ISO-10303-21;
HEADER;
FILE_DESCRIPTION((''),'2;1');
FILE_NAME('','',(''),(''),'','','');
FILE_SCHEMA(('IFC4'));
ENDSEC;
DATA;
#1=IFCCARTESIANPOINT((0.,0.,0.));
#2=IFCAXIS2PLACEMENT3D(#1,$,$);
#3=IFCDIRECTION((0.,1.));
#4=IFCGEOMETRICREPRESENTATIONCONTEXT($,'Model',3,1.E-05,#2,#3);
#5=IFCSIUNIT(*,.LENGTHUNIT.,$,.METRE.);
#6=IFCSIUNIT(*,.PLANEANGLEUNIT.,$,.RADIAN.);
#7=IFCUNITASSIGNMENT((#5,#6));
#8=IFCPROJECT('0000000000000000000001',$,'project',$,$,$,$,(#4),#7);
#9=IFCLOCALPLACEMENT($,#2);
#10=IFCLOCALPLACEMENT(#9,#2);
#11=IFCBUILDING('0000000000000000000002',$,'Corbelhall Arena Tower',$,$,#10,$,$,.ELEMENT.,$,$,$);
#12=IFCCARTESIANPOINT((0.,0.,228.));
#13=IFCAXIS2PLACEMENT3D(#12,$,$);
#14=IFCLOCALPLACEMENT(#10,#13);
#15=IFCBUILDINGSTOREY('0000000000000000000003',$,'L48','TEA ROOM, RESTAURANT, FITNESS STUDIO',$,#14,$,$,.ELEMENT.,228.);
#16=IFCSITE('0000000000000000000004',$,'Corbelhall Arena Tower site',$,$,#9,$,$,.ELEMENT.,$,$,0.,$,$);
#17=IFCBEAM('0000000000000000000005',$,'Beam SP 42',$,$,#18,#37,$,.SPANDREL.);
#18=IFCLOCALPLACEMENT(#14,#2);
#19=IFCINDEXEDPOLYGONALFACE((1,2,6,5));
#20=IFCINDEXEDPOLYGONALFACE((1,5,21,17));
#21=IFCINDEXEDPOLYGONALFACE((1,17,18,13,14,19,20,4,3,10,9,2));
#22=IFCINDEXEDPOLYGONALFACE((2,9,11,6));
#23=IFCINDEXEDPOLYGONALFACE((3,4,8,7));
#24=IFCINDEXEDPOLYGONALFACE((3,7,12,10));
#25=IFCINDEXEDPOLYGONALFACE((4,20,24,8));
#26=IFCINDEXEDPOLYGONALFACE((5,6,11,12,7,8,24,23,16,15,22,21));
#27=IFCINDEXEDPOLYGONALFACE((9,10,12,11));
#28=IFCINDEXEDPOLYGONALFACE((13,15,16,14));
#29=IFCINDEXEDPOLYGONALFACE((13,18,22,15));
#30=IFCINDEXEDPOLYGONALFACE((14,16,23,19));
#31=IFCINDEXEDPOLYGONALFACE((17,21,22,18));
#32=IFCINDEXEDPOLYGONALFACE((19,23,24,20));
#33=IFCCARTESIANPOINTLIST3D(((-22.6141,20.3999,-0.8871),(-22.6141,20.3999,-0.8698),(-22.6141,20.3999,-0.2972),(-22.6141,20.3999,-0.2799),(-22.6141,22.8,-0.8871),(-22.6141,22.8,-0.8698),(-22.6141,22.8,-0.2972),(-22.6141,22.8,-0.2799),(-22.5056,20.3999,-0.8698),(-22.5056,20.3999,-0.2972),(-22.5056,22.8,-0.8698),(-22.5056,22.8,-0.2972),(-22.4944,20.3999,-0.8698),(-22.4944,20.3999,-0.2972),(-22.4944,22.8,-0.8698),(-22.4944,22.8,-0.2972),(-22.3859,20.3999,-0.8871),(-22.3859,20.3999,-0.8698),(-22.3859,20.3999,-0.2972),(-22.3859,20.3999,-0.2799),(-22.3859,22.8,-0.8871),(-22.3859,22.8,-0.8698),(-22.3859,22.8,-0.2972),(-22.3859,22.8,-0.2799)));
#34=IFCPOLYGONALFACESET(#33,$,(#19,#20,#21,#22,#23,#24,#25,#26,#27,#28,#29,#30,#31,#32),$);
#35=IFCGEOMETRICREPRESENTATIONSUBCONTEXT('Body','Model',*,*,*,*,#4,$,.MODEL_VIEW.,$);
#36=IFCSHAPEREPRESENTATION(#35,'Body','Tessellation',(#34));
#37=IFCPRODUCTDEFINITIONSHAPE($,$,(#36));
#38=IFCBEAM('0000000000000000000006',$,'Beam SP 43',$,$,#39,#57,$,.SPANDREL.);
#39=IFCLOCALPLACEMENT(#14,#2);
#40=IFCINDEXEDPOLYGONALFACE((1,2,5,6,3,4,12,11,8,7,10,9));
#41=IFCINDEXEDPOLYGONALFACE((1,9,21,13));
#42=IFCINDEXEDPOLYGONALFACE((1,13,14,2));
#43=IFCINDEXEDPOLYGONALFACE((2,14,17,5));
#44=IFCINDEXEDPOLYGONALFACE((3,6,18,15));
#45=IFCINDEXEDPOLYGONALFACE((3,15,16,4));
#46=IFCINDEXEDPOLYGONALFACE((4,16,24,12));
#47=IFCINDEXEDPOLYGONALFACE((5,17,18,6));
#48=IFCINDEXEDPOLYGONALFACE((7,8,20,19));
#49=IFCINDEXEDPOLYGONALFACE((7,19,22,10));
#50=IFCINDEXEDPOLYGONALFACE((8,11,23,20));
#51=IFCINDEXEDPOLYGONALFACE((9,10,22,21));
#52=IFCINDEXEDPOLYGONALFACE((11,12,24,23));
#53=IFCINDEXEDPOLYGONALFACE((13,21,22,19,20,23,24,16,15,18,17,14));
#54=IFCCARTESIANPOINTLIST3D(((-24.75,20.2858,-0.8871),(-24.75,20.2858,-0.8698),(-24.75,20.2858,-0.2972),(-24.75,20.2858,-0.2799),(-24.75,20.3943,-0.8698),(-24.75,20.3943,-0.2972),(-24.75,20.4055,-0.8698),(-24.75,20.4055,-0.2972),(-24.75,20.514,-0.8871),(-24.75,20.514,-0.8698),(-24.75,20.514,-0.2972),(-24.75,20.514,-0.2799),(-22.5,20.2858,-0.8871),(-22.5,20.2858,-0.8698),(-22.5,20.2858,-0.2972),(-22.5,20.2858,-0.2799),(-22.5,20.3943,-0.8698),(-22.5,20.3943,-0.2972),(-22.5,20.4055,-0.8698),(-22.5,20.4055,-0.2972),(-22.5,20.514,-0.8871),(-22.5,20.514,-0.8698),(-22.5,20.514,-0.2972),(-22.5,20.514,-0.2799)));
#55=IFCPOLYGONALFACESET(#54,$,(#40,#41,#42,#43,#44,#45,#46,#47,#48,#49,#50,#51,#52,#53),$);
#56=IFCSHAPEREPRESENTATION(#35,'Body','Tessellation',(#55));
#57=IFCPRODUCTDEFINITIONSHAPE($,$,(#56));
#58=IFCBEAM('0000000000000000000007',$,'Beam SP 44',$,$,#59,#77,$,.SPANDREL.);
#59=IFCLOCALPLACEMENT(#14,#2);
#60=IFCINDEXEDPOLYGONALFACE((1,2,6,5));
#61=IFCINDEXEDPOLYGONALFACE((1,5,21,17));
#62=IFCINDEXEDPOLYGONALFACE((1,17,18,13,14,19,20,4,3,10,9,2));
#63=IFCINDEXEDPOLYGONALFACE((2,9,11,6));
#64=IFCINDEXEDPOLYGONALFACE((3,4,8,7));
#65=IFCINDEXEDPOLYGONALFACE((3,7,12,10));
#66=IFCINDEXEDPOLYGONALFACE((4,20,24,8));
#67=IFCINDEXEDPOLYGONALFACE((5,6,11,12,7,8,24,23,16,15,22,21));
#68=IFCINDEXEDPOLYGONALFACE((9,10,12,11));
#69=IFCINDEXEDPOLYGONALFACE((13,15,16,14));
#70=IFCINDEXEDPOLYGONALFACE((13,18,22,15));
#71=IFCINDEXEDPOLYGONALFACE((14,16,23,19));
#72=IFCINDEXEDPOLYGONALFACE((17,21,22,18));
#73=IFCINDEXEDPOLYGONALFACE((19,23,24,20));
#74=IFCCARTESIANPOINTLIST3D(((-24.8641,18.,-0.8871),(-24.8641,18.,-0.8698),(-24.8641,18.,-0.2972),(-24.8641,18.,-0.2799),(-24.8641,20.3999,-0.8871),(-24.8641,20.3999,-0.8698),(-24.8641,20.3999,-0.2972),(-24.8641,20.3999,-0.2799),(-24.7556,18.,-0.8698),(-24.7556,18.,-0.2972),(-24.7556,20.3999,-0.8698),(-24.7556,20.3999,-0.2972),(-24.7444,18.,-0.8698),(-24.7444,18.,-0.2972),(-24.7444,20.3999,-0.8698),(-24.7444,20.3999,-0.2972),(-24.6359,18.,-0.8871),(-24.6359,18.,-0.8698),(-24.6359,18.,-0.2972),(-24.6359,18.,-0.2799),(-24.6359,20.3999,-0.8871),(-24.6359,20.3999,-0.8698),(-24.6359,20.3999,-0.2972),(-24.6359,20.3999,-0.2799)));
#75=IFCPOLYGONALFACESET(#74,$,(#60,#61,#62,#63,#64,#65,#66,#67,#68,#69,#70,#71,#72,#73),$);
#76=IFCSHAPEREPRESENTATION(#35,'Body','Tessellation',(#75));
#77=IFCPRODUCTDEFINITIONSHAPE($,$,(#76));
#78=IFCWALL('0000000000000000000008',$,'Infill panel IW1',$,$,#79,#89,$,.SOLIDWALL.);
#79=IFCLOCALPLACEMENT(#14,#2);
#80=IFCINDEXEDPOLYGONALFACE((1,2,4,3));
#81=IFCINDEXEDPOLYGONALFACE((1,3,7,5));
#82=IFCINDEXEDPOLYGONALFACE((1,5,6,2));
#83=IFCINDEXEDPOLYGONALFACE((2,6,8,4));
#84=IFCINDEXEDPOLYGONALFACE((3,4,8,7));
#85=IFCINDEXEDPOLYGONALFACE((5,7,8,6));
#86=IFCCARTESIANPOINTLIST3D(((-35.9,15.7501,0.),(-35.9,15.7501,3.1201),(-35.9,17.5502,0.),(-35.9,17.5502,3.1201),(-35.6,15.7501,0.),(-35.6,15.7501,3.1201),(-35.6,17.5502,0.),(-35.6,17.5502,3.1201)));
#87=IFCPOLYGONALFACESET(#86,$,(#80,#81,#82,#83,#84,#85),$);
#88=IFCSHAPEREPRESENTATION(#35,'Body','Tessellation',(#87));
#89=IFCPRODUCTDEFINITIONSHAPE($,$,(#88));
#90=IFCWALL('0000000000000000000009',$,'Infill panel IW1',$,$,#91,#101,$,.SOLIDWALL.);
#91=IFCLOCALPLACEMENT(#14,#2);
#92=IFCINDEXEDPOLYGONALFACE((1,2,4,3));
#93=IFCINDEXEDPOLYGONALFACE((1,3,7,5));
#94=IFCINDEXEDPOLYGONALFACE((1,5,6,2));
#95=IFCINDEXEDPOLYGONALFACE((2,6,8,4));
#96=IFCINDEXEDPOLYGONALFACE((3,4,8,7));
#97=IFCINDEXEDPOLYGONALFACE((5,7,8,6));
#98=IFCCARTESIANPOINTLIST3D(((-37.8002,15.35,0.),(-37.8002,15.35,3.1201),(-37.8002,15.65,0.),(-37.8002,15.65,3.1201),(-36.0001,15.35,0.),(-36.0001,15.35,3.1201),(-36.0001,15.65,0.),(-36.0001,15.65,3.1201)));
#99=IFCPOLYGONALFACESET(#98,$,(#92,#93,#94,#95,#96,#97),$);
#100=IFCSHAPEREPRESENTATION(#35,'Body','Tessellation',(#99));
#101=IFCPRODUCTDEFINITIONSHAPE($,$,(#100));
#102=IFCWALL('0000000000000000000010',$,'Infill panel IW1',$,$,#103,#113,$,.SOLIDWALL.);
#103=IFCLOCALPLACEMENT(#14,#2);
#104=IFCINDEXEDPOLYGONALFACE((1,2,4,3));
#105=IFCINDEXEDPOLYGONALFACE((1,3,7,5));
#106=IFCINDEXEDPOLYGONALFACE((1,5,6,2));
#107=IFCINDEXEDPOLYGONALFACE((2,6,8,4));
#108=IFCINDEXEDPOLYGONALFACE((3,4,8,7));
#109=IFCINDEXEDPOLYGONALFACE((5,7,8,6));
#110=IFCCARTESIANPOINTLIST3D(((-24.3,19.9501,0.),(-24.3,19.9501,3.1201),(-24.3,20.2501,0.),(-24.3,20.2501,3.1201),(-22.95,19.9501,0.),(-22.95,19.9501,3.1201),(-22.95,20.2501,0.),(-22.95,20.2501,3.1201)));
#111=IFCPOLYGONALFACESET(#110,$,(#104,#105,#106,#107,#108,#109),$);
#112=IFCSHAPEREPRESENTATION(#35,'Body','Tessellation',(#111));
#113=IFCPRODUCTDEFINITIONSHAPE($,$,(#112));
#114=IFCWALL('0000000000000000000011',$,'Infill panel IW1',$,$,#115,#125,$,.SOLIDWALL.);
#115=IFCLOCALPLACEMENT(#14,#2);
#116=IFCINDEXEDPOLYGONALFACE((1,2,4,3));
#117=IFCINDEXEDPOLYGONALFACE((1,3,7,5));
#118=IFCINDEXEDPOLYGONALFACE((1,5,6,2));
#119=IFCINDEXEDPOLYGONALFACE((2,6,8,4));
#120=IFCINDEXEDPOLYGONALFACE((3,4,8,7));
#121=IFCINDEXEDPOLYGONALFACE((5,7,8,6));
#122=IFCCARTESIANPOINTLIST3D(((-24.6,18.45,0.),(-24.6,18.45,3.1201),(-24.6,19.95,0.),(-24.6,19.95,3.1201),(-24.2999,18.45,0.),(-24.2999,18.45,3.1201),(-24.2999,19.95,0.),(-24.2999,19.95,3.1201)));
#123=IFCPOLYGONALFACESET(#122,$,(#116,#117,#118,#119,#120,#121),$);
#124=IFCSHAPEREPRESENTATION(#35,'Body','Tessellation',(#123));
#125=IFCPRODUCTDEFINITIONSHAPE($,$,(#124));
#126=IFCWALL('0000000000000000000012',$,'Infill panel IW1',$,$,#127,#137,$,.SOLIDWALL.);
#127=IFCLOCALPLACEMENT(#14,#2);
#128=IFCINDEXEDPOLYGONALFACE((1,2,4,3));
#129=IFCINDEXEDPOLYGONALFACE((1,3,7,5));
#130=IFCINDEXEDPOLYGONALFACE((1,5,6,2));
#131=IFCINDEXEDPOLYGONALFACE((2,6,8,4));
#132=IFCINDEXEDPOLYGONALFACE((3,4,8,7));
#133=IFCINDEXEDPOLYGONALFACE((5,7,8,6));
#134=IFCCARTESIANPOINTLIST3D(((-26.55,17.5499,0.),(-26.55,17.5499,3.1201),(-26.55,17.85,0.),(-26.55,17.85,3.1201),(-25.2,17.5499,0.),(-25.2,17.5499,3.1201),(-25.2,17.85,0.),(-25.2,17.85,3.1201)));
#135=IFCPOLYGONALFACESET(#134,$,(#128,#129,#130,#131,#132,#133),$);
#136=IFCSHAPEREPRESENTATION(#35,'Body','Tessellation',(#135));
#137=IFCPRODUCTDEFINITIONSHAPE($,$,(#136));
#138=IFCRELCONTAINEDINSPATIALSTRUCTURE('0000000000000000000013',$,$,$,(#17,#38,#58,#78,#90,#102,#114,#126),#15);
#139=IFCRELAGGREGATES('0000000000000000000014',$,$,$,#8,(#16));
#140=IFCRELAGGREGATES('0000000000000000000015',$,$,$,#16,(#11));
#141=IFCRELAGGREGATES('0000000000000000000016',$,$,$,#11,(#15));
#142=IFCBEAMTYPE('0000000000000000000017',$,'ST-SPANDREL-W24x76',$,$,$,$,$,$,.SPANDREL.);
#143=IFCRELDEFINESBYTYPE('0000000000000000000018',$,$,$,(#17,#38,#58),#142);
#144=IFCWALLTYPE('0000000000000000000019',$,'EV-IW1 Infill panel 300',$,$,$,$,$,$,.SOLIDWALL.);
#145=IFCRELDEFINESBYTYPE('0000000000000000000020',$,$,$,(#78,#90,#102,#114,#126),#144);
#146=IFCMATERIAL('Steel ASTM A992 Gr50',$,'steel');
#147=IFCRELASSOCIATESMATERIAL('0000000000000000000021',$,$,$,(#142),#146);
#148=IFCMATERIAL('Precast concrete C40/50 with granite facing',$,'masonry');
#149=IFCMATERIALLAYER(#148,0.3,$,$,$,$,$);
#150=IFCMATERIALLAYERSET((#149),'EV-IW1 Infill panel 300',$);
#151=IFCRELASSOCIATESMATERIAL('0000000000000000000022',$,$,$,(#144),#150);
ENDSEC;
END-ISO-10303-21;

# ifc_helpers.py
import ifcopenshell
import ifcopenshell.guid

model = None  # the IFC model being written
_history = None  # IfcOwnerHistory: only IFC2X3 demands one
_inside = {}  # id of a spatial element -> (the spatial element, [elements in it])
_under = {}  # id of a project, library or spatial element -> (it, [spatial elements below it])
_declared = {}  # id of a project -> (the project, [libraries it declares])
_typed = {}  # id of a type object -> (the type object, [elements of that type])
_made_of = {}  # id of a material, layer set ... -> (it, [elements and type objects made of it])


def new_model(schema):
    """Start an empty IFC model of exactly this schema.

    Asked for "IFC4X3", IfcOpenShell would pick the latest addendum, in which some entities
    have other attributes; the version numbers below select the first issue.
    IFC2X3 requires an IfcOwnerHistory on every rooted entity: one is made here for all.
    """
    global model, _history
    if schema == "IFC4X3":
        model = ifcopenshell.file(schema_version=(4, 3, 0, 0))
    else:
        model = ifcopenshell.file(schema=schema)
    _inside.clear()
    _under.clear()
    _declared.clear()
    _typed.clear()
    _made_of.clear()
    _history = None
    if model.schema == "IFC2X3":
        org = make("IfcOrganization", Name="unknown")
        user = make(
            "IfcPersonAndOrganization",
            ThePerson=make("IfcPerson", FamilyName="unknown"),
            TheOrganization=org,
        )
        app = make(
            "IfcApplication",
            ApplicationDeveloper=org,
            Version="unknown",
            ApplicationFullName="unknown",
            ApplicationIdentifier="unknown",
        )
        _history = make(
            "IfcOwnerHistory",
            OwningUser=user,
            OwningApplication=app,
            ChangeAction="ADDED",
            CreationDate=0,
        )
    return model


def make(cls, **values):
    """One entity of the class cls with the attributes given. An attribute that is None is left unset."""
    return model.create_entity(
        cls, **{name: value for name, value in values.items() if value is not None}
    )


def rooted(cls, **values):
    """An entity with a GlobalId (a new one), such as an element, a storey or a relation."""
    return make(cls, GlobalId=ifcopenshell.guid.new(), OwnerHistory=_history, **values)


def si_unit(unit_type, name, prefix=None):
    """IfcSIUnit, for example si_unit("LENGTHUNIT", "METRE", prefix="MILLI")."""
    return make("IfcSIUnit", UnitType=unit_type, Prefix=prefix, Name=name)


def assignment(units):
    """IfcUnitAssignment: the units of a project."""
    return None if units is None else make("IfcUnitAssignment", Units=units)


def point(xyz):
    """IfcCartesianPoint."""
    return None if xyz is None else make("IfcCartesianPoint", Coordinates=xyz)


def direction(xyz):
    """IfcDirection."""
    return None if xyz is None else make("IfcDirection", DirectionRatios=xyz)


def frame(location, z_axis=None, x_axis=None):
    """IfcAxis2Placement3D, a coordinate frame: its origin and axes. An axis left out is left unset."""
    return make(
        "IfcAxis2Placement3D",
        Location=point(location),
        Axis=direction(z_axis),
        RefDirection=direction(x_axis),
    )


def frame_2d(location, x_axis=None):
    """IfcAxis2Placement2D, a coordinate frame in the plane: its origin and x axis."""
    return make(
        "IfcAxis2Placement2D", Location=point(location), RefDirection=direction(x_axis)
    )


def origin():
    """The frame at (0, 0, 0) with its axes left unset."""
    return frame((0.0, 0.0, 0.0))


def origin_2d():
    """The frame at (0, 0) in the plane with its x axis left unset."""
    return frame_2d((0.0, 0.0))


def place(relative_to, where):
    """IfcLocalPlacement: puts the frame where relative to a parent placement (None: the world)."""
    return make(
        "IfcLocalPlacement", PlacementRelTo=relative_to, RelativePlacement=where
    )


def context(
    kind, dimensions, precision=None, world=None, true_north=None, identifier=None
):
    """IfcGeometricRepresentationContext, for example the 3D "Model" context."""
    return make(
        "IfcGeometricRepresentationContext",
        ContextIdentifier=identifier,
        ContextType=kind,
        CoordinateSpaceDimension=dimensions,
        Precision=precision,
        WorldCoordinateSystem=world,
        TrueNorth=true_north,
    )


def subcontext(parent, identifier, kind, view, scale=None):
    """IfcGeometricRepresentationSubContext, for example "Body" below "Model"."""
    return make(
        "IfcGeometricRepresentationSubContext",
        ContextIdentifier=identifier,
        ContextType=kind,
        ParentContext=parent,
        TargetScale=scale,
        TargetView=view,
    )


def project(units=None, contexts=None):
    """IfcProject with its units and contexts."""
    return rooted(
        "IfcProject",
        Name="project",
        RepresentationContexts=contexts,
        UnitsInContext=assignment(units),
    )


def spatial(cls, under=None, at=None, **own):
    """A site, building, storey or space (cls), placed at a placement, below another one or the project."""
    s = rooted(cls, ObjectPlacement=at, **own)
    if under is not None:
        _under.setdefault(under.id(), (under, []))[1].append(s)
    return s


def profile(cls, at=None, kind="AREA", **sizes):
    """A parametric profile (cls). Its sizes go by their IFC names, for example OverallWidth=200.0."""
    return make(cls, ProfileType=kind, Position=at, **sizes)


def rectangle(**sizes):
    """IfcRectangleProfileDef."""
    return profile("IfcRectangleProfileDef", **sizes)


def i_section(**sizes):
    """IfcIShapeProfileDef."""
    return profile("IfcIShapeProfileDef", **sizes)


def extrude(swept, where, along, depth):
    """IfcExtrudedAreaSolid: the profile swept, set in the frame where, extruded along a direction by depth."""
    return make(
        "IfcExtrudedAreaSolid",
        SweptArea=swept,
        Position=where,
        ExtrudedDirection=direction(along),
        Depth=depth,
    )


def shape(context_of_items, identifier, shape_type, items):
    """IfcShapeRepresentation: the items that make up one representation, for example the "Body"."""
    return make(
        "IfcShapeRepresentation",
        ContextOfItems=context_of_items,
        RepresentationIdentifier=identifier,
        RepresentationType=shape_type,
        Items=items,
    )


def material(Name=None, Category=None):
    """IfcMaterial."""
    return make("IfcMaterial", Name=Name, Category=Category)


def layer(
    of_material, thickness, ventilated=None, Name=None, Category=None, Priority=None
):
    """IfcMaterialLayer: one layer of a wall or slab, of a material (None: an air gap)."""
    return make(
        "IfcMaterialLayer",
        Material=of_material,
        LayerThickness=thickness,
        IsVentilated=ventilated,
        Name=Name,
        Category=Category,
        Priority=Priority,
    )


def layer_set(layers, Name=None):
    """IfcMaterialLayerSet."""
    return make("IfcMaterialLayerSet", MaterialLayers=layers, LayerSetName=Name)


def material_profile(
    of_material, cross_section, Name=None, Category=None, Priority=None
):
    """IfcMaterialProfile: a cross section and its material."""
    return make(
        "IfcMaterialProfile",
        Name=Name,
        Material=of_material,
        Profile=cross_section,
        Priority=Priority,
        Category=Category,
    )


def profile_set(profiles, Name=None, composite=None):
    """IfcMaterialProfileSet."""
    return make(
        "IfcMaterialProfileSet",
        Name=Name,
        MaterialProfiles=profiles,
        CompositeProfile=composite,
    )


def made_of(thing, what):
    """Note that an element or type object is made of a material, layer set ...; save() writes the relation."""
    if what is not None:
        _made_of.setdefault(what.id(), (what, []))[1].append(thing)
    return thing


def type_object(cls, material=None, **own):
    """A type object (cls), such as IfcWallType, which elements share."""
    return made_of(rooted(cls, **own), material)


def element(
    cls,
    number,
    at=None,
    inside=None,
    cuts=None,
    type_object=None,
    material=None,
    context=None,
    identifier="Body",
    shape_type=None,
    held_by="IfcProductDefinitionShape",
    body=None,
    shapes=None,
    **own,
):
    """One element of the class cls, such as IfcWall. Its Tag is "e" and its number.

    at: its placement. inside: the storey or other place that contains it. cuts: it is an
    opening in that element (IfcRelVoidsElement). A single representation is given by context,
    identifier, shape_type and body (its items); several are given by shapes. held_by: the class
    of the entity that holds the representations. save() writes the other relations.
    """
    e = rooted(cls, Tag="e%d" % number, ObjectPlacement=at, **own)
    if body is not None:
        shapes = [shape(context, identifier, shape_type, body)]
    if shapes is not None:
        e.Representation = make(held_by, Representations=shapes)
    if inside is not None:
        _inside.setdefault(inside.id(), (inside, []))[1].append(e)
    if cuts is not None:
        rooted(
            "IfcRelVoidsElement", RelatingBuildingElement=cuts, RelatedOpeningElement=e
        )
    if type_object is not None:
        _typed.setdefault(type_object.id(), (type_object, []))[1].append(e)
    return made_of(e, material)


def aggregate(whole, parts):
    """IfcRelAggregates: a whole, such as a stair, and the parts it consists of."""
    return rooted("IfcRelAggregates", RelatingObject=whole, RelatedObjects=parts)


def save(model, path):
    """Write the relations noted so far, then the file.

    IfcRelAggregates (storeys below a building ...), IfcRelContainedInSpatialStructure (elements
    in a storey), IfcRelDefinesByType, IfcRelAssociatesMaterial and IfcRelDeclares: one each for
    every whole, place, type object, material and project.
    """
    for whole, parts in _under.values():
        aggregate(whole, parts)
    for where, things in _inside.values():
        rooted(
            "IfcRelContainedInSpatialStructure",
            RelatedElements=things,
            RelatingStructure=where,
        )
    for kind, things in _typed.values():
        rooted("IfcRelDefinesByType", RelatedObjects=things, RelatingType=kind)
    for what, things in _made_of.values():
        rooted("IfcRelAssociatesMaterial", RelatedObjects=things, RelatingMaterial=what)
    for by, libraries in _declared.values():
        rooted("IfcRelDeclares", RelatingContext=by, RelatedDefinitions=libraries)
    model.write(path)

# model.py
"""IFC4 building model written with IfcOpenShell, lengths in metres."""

from ifc_helpers import new_model, si_unit, direction, frame, frame_2d, origin, origin_2d, place, context, subcontext, project, spatial, rectangle, i_section, extrude, material, layer, layer_set, material_profile, profile_set, type_object, element, save


model = new_model("IFC4")

# Units and contexts
model_context = context("Model", 3, precision=1e-05, world=origin(), true_north=direction((0.0, 1.0)))
body_context = subcontext(model_context, "Body", "Model", "MODEL_VIEW")
ifc_project = project(units=[si_unit("LENGTHUNIT", "METRE"), si_unit("PLANEANGLEUNIT", "RADIAN")], contexts=[model_context])

# Site, building, storey
site_placement = place(None, origin())
site = spatial("IfcSite", under=ifc_project, at=site_placement, Name="Corbelhall Arena Tower site", CompositionType="ELEMENT", RefElevation=0.0)
building_placement = place(site_placement, origin())
building = spatial("IfcBuilding", under=site, at=building_placement, Name="Corbelhall Arena Tower", CompositionType="ELEMENT")
storey_placement = place(building_placement, frame((0.0, 0.0, 228.0)))
storey = spatial("IfcBuildingStorey", under=building, at=storey_placement, Name="L48", Description="TEA ROOM, RESTAURANT, FITNESS STUDIO", CompositionType="ELEMENT", Elevation=228.0)

# Beams
ifc_material_1 = material(Name="Steel ASTM A992 Gr50", Category="steel")
ifc_material_profile_1 = material_profile(ifc_material_1, i_section(OverallWidth=0.2283, OverallDepth=0.6072, WebThickness=0.0112, FlangeThickness=0.0173, at=origin_2d()))
ifc_profile_set_1 = profile_set([ifc_material_profile_1], Name="Steel ASTM A992 Gr50")
beam_type = type_object("IfcBeamType", Name="ST-SPANDREL-W24x76", PredefinedType="SPANDREL", material=ifc_profile_set_1)
beam_1_placement = place(storey_placement, frame((-22.5, 20.3999, -0.5835), z_axis=(0.0, 1.0, 0.0), x_axis=(-1.0, 0.0, 0.0)))
element("IfcBeam", 1, at=beam_1_placement, inside=storey, type_object=beam_type, Name="Beam SP 42", PredefinedType="SPANDREL", context=body_context, shape_type="SweptSolid", body=[
    extrude(i_section(OverallWidth=0.2283, OverallDepth=0.6072, WebThickness=0.0112, FlangeThickness=0.0173, at=origin_2d()), origin(), (0.0, 0.0, 1.0), 2.4001),
])
beam_2_placement = place(storey_placement, frame((-24.75, 20.3999, -0.5835), z_axis=(1.0, 0.0, 0.0), x_axis=(0.0, 1.0, 0.0)))
element("IfcBeam", 2, at=beam_2_placement, inside=storey, type_object=beam_type, Name="Beam SP 43", PredefinedType="SPANDREL", context=body_context, shape_type="SweptSolid", body=[
    extrude(i_section(OverallWidth=0.2283, OverallDepth=0.6072, WebThickness=0.0112, FlangeThickness=0.0173, at=origin_2d()), origin(), (0.0, 0.0, 1.0), 2.25),
])
beam_3_placement = place(storey_placement, frame((-24.75, 18.0, -0.5835), z_axis=(0.0, 1.0, 0.0), x_axis=(-1.0, 0.0, 0.0)))
element("IfcBeam", 3, at=beam_3_placement, inside=storey, type_object=beam_type, Name="Beam SP 44", PredefinedType="SPANDREL", context=body_context, shape_type="SweptSolid", body=[
    extrude(i_section(OverallWidth=0.2283, OverallDepth=0.6072, WebThickness=0.0112, FlangeThickness=0.0173, at=origin_2d()), origin(), (0.0, 0.0, 1.0), 2.3999),
])

# Walls
ifc_material_2 = material(Name="Precast concrete C40/50 with granite facing", Category="masonry")
ifc_layer = layer(ifc_material_2, 0.3)
ifc_layer_set = layer_set([ifc_layer], Name="EV-IW1 Infill panel 300")
wall_type = type_object("IfcWallType", Name="EV-IW1 Infill panel 300", PredefinedType="SOLIDWALL", material=ifc_layer_set)
for number, where, z_axis, x_axis, name in (
    (4, (-35.75, 17.55, 0.0), (0.0, 0.0, 1.0), (0.0, -1.0, 0.0), "Infill panel IW1"),
    (5, (-37.8, 15.5, 0.0), (0.0, 0.0, 1.0), (1.0, 0.0, 0.0), "Infill panel IW1"),
):
    element("IfcWall", number, at=place(storey_placement, frame(where, z_axis=z_axis, x_axis=x_axis)), inside=storey, type_object=wall_type, Name=name, PredefinedType="SOLIDWALL", context=body_context, shape_type="SweptSolid", body=[
        extrude(rectangle(XDim=1.8, YDim=0.3, at=frame_2d((0.8999, 0.0))), origin(), (0.0, 0.0, 1.0), 3.1201),
    ])
wall_1_placement = place(storey_placement, frame((-22.95, 20.1001, 0.0), z_axis=(0.0, 0.0, 1.0), x_axis=(-1.0, 0.0, 0.0)))
element("IfcWall", 6, at=wall_1_placement, inside=storey, type_object=wall_type, Name="Infill panel IW1", PredefinedType="SOLIDWALL", context=body_context, shape_type="SweptSolid", body=[
    extrude(rectangle(XDim=1.3501, YDim=0.3, at=frame_2d((0.675, 0.0))), origin(), (0.0, 0.0, 1.0), 3.1201),
])
wall_2_placement = place(storey_placement, frame((-24.45, 19.95, 0.0), z_axis=(0.0, 0.0, 1.0), x_axis=(0.0, -1.0, 0.0)))
element("IfcWall", 7, at=wall_2_placement, inside=storey, type_object=wall_type, Name="Infill panel IW1", PredefinedType="SOLIDWALL", context=body_context, shape_type="SweptSolid", body=[
    extrude(rectangle(XDim=1.5, YDim=0.3, at=frame_2d((0.75, 0.0))), origin(), (0.0, 0.0, 1.0), 3.1201),
])
wall_3_placement = place(storey_placement, frame((-25.2, 17.7, 0.0), z_axis=(0.0, 0.0, 1.0), x_axis=(-1.0, 0.0, 0.0)))
element("IfcWall", 8, at=wall_3_placement, inside=storey, type_object=wall_type, Name="Infill panel IW1", PredefinedType="SOLIDWALL", context=body_context, shape_type="SweptSolid", body=[
    extrude(rectangle(XDim=1.3501, YDim=0.3, at=frame_2d((0.675, 0.0))), origin(), (0.0, 0.0, 1.0), 3.1201),
])

save(model, "model.ifc")
